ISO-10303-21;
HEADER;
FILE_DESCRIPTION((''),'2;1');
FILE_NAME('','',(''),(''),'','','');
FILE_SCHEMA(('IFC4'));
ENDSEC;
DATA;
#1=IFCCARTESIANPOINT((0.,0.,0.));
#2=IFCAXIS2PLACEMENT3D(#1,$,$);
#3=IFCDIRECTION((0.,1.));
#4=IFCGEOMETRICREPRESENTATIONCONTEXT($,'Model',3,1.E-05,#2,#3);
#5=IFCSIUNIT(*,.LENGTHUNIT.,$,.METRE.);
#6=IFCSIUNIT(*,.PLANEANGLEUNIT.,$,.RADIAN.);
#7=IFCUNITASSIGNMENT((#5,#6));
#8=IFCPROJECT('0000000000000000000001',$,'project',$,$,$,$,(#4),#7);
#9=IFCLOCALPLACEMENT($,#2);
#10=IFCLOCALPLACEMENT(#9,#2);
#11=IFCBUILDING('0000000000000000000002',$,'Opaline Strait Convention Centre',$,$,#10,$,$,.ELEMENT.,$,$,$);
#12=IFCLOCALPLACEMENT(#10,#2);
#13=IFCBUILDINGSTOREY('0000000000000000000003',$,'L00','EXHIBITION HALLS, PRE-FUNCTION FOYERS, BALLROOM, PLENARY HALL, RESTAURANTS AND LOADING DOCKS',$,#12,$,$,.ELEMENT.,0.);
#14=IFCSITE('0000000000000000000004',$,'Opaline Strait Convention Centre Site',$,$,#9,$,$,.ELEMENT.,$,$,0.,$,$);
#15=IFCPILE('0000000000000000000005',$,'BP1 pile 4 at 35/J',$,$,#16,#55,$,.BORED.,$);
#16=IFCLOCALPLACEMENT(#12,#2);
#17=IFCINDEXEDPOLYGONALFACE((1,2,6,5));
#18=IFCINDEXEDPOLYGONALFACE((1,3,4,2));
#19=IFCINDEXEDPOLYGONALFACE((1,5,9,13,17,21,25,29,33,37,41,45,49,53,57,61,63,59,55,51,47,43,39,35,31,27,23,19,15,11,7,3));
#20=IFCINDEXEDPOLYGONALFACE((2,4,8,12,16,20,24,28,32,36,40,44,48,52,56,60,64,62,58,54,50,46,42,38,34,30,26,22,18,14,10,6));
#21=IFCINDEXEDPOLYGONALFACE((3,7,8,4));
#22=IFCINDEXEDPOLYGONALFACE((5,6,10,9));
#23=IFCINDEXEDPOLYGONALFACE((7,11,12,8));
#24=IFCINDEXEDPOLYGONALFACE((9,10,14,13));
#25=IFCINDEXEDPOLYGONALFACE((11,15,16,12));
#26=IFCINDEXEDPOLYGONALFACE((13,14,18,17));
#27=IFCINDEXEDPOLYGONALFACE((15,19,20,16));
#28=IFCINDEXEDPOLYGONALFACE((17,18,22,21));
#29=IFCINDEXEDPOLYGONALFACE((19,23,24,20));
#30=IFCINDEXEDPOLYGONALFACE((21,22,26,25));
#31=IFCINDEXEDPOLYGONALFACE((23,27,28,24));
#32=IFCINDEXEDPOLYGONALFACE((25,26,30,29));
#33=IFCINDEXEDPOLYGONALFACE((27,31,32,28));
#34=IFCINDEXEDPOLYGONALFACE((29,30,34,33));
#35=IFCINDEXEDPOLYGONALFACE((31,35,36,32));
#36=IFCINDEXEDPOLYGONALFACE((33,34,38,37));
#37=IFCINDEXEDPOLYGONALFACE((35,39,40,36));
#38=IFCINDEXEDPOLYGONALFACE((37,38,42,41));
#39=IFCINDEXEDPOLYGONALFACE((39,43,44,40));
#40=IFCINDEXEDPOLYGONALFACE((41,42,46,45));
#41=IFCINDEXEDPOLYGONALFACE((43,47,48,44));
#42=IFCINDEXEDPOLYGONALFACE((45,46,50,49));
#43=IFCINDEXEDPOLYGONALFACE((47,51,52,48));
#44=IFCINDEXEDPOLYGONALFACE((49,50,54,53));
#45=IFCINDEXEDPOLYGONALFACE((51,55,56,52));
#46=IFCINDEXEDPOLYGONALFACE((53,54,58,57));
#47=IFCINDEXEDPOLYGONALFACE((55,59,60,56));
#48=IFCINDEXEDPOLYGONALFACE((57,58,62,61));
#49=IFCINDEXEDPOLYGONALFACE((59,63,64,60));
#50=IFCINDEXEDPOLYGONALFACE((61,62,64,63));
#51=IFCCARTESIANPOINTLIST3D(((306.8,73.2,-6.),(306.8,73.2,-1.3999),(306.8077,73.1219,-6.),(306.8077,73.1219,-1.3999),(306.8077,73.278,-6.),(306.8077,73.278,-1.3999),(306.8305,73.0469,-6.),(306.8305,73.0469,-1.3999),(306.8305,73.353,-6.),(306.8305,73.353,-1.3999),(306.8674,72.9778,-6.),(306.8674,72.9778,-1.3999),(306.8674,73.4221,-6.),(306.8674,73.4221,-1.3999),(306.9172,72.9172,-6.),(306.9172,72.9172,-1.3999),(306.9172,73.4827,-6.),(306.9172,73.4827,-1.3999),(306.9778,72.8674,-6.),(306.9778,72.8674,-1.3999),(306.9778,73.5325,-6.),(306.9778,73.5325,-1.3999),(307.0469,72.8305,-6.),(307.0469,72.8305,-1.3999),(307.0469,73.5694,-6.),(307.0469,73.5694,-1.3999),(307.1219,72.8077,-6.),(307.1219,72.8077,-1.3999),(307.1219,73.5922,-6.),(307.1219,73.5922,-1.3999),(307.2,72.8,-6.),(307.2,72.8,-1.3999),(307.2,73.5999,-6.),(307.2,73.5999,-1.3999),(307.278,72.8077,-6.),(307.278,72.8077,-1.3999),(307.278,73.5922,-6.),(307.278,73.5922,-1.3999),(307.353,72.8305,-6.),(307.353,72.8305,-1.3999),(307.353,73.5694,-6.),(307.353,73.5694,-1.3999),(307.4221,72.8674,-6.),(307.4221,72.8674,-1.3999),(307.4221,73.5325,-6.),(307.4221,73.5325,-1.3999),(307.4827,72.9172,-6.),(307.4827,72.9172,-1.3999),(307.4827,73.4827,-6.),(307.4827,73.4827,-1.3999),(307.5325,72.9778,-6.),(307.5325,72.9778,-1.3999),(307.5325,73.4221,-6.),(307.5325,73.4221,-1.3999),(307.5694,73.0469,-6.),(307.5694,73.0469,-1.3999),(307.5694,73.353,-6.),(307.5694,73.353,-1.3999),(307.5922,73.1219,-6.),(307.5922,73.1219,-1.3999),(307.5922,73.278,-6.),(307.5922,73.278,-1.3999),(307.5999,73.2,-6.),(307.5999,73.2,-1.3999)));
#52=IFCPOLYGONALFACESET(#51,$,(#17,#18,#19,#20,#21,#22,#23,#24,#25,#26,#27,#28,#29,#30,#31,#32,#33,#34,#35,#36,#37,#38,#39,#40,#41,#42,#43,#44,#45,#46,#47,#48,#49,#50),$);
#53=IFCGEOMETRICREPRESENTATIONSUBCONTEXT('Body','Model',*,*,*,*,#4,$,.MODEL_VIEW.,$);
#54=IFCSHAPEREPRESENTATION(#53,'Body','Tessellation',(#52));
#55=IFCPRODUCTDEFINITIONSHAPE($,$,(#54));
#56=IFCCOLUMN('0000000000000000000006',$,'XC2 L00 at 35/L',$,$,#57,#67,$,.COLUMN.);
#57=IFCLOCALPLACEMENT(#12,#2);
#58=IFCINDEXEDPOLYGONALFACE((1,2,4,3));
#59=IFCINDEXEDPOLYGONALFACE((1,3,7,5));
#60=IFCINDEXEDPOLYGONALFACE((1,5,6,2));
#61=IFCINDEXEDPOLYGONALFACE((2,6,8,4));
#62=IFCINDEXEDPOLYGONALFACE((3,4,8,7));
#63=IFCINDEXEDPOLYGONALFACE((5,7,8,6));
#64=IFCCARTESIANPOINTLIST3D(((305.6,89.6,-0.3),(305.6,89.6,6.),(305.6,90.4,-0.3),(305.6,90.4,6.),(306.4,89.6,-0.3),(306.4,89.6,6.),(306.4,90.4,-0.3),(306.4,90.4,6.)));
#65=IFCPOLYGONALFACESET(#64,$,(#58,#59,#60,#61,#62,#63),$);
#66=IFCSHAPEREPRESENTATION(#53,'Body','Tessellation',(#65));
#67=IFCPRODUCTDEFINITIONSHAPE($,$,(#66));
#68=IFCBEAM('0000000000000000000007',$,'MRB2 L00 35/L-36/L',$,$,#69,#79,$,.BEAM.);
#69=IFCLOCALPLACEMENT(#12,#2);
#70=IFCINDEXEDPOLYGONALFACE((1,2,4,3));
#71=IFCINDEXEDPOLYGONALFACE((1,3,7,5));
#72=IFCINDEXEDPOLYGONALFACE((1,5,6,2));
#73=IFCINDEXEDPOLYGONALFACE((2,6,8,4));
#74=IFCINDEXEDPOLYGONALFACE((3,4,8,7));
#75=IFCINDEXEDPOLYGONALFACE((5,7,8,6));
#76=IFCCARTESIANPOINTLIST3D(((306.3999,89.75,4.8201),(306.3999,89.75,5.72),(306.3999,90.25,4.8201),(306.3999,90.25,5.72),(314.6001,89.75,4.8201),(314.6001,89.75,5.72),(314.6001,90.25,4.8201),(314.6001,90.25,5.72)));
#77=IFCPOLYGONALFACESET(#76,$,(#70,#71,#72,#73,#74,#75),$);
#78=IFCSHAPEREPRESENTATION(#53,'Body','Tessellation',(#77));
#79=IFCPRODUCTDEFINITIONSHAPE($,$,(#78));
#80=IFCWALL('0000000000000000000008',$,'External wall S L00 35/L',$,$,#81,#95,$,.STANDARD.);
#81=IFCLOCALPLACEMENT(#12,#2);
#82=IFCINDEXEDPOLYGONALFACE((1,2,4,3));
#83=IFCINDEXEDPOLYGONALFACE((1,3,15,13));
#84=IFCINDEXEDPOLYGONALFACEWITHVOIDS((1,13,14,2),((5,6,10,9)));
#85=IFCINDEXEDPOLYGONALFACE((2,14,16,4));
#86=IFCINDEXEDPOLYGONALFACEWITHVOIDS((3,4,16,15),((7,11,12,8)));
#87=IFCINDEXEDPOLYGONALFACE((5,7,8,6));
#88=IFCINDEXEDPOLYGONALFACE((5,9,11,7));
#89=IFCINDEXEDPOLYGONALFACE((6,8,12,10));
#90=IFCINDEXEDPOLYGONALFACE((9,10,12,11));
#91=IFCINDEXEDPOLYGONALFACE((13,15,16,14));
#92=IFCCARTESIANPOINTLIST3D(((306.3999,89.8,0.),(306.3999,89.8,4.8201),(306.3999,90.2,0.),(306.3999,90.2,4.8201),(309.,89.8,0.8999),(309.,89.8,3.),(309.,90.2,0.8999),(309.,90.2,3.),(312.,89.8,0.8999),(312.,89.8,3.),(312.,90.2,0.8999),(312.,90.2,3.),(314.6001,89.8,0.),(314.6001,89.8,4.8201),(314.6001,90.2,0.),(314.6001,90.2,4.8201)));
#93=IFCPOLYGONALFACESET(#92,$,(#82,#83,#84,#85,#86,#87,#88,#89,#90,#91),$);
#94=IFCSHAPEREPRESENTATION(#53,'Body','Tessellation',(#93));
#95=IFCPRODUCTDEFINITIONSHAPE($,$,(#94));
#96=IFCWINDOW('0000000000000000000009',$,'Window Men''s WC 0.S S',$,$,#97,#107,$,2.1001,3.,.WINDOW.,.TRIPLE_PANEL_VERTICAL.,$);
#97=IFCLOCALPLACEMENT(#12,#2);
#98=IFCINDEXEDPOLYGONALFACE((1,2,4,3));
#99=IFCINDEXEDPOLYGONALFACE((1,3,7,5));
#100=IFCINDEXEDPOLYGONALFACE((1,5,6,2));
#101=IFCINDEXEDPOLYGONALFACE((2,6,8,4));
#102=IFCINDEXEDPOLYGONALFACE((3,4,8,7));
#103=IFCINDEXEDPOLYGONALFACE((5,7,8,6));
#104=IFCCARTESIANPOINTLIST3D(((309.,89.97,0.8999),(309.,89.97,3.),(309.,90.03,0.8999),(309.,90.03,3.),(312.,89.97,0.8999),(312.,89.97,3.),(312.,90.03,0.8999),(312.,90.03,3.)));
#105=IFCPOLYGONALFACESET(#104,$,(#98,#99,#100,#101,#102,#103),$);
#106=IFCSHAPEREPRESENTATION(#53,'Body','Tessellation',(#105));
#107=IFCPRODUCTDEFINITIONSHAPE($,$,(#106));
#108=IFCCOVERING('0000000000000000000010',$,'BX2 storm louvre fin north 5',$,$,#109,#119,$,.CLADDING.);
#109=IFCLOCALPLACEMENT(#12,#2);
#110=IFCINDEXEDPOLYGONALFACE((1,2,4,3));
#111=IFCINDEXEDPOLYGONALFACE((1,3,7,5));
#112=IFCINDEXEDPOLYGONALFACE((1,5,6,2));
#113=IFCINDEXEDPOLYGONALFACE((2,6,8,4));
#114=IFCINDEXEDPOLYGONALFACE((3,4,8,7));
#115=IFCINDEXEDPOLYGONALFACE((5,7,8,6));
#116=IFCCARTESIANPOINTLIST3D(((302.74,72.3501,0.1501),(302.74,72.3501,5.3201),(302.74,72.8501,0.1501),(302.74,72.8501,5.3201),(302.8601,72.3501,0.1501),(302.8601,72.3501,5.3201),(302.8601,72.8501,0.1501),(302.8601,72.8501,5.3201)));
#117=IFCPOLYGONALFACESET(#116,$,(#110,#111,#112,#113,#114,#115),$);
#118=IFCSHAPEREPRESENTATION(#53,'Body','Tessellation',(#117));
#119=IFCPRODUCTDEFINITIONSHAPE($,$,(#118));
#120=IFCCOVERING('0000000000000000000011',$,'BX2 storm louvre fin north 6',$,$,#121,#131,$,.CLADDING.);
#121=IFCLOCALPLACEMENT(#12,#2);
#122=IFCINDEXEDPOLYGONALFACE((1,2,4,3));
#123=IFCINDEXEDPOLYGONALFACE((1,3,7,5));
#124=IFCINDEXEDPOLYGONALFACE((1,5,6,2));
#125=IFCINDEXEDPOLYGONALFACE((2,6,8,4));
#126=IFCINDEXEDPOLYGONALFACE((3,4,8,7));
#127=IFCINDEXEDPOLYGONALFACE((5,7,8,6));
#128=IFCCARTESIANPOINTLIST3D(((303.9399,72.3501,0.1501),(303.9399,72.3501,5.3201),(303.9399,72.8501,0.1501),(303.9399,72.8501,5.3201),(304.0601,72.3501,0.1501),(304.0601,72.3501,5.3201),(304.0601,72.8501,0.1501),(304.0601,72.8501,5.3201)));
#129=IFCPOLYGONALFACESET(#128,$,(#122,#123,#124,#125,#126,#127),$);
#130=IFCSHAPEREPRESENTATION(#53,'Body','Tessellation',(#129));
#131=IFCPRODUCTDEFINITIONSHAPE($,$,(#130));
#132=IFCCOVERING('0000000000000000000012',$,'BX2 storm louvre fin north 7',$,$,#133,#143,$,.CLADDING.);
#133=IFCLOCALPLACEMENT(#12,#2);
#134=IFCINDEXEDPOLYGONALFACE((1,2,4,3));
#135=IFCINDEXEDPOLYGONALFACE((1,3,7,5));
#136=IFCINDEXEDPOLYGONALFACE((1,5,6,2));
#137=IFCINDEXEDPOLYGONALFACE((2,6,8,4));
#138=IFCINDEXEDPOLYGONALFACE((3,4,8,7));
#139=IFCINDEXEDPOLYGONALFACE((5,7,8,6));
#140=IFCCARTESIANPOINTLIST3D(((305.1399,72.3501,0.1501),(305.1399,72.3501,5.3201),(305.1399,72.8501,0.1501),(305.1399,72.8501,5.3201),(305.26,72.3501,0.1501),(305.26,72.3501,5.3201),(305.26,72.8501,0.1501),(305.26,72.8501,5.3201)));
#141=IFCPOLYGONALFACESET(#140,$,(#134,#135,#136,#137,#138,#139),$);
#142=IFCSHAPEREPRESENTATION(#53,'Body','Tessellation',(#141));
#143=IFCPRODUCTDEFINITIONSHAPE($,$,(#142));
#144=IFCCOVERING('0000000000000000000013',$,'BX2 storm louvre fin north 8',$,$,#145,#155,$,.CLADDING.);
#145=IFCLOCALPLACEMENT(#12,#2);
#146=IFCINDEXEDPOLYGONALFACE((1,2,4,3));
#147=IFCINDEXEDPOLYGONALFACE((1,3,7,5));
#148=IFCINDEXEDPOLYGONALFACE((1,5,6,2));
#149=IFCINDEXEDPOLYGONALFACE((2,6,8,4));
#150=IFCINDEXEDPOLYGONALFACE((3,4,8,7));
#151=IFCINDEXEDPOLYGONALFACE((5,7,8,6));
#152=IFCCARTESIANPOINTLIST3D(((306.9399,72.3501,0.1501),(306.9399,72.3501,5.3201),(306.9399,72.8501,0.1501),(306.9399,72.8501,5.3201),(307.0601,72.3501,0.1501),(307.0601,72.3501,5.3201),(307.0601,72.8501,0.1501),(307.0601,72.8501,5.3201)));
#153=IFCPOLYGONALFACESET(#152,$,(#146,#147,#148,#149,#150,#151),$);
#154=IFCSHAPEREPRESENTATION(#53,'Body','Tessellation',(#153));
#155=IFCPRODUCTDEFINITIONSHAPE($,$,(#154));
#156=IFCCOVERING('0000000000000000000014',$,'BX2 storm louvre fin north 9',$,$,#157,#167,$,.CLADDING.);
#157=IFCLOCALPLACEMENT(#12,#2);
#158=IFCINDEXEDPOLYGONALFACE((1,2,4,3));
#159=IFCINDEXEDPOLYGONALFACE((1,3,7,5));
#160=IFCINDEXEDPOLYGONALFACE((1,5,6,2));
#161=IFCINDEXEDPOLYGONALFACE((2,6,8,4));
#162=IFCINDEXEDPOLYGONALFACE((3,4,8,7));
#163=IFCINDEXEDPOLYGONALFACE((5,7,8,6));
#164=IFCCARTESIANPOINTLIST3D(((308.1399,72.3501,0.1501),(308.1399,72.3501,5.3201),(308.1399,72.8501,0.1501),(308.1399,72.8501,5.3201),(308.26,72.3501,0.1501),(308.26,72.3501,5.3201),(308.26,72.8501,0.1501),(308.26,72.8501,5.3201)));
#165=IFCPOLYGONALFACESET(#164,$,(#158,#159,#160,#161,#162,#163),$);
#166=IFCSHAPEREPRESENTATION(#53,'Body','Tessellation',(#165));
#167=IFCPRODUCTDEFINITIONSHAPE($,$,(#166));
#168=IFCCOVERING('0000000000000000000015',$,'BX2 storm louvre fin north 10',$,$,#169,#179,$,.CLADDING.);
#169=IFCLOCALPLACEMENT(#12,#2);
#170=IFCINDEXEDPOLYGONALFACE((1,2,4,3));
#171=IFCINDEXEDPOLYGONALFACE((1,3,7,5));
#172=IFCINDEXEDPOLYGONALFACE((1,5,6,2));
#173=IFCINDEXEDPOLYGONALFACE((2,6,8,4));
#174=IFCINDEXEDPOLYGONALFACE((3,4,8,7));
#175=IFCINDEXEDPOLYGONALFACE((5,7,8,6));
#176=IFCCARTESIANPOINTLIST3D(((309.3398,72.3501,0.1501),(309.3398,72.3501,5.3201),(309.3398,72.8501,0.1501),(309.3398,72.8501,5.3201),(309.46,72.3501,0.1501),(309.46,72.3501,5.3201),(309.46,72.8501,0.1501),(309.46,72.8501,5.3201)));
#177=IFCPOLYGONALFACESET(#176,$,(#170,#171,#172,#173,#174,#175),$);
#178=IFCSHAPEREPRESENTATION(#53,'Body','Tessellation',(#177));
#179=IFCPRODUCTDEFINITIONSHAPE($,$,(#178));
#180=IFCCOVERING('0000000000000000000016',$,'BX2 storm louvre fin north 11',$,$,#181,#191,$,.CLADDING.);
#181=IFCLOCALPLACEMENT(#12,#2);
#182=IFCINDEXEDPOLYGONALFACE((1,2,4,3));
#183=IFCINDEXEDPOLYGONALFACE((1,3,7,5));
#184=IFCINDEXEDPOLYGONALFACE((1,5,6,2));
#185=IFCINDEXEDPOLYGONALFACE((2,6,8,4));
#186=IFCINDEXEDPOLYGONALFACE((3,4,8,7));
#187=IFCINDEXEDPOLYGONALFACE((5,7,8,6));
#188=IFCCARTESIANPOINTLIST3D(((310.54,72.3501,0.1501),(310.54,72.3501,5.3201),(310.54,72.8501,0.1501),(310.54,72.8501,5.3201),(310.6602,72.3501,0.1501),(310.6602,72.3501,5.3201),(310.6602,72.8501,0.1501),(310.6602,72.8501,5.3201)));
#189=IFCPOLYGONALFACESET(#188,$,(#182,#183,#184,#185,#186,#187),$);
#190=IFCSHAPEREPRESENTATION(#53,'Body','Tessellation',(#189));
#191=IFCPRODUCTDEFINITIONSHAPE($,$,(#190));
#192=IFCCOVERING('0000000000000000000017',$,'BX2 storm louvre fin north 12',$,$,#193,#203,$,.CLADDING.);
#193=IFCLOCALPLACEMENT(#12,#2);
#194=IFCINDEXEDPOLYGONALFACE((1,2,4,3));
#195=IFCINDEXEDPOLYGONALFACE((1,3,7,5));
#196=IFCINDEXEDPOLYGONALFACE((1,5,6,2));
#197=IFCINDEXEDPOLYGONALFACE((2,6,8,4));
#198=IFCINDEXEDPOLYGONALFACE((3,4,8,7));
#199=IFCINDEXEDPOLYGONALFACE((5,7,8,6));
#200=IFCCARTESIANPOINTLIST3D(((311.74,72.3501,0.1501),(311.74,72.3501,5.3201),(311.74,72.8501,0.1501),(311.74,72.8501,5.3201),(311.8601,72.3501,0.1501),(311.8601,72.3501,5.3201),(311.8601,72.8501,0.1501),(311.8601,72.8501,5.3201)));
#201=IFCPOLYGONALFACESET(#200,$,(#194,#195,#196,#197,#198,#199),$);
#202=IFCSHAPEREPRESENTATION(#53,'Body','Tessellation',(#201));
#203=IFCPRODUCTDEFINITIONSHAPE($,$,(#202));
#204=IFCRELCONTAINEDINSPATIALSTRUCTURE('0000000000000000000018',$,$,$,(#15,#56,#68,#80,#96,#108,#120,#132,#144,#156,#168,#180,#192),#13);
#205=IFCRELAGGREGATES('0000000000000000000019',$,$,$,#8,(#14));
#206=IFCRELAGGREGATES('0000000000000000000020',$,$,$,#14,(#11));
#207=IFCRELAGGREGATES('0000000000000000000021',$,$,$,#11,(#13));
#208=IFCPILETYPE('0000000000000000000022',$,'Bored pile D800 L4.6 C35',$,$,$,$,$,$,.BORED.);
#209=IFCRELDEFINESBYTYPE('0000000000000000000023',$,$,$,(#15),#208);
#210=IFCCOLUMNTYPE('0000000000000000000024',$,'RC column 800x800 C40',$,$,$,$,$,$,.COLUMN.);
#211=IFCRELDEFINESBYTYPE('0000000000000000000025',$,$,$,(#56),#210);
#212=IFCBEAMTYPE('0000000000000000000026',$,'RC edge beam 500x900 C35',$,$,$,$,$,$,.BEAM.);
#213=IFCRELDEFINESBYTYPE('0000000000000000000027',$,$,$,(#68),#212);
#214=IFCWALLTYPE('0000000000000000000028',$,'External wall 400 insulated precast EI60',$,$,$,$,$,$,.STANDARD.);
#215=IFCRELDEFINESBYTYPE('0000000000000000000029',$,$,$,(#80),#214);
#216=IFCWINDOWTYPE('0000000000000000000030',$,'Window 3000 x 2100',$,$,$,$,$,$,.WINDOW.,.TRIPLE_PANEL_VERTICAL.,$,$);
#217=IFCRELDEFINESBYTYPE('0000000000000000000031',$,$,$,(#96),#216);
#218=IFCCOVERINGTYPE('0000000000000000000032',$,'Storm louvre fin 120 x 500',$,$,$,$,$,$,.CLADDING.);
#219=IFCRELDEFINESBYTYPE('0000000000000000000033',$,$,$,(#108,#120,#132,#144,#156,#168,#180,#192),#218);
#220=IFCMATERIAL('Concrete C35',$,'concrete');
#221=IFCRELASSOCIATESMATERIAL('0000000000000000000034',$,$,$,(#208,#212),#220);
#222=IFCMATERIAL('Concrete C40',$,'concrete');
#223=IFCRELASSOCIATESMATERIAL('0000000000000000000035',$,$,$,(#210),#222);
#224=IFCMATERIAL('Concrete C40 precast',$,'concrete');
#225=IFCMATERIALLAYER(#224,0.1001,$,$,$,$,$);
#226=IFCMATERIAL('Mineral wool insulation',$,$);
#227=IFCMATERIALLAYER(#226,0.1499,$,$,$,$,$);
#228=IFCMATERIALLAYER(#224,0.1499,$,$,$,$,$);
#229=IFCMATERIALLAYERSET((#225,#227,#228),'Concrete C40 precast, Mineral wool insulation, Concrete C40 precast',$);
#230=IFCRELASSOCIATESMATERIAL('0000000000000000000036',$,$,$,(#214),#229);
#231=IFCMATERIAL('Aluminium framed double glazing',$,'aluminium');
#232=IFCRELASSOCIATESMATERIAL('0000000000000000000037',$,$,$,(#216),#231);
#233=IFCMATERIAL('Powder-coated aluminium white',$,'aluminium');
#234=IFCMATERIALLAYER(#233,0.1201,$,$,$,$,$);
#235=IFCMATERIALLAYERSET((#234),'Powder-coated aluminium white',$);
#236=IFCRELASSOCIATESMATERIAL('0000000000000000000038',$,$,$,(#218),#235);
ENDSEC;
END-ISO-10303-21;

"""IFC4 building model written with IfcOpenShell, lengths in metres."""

from ifc_helpers import new_model, si_unit, direction, frame, frame_2d, origin, origin_2d, place, context, subcontext, project, spatial, rectangle, circle, extrude, material, layer, layer_set, material_profile, profile_set, type_object, element, fill, save


model = new_model("IFC4")

# Units and contexts
model_context = context("Model", 3, precision=1e-05, world=origin(), true_north=direction((0.0, 1.0)))
body_context = subcontext(model_context, "Body", "Model", "MODEL_VIEW")
ifc_project = project(units=[si_unit("LENGTHUNIT", "METRE"), si_unit("PLANEANGLEUNIT", "RADIAN")], contexts=[model_context])

# Site, building, storey
site_placement = place(None, origin())
site = spatial("IfcSite", under=ifc_project, at=site_placement, Name="Opaline Strait Convention Centre Site", CompositionType="ELEMENT", RefElevation=0.0)
building_placement = place(site_placement, origin())
building = spatial("IfcBuilding", under=site, at=building_placement, Name="Opaline Strait Convention Centre", CompositionType="ELEMENT")
storey_placement = place(building_placement, origin())
storey = spatial("IfcBuildingStorey", under=building, at=storey_placement, Name="L00", Description="EXHIBITION HALLS, PRE-FUNCTION FOYERS, BALLROOM, PLENARY HALL, RESTAURANTS AND LOADING DOCKS", CompositionType="ELEMENT", Elevation=0.0)

# Pile
ifc_material_1 = material(Name="Concrete C35", Category="concrete")
ifc_material_profile_1 = material_profile(ifc_material_1, circle(Radius=0.3999, at=origin_2d()), Name="D800")
ifc_profile_set_1 = profile_set([ifc_material_profile_1], Name="Concrete C35")
pile_type_1 = type_object("IfcPileType", Name="Bored pile D800 L4.6 C35", PredefinedType="BORED", material=ifc_profile_set_1)
for number, where, z_axis, x_axis, name in (
    (1, (307.2, 73.2, -1.3999), (0.0, 0.0, -1.0), (1.0, 0.0, 0.0), "BP1 pile 4 at 35/J"),
):
    element("IfcPile", number, at=place(storey_placement, frame(where, z_axis=z_axis, x_axis=x_axis)), inside=storey, type_object=pile_type_1, Name=name, PredefinedType="BORED", context=body_context, shape_type="SweptSolid", body=[
        extrude(circle(Radius=0.3999, at=origin_2d()), origin(), (0.0, 0.0, 1.0), 4.6001),
    ])

# Column
ifc_material_2 = material(Name="Concrete C40", Category="concrete")
ifc_material_profile_2 = material_profile(ifc_material_2, rectangle(XDim=0.8, YDim=0.8, at=origin_2d()), Name="RC 800x800")
ifc_profile_set_2 = profile_set([ifc_material_profile_2], Name="Concrete C40")
column_type = type_object("IfcColumnType", Name="RC column 800x800 C40", PredefinedType="COLUMN", material=ifc_profile_set_2)
column_placement = place(storey_placement, frame((306.0, 90.0, -0.3), z_axis=(0.0, 0.0, 1.0), x_axis=(1.0, 0.0, 0.0)))
element("IfcColumn", 2, at=column_placement, inside=storey, type_object=column_type, Name="XC2 L00 at 35/L", PredefinedType="COLUMN", context=body_context, shape_type="SweptSolid", body=[
    extrude(rectangle(XDim=0.8, YDim=0.8, at=origin_2d()), origin(), (0.0, 0.0, 1.0), 6.3),
])

# Beam
ifc_material_profile_3 = material_profile(ifc_material_1, rectangle(XDim=0.5, YDim=0.8999, at=origin_2d()), Name="RC 500x900")
ifc_profile_set_3 = profile_set([ifc_material_profile_3], Name="Concrete C35")
beam_type = type_object("IfcBeamType", Name="RC edge beam 500x900 C35", PredefinedType="BEAM", material=ifc_profile_set_3)
beam_placement = place(storey_placement, frame((306.3999, 90.0, 5.27), z_axis=(1.0, 0.0, 0.0), x_axis=(0.0, 1.0, 0.0)))
element("IfcBeam", 3, at=beam_placement, inside=storey, type_object=beam_type, Name="MRB2 L00 35/L-36/L", PredefinedType="BEAM", context=body_context, shape_type="SweptSolid", body=[
    extrude(rectangle(XDim=0.5, YDim=0.8999, at=origin_2d()), origin(), (0.0, 0.0, 1.0), 8.2002),
])

# Wall, opening, window
ifc_material_3 = material(Name="Concrete C40 precast", Category="concrete")
ifc_layer_1 = layer(ifc_material_3, 0.1001)
ifc_material_4 = material(Name="Mineral wool insulation")
ifc_layer_2 = layer(ifc_material_4, 0.1499)
ifc_layer_3 = layer(ifc_material_3, 0.1499)
ifc_layer_set_1 = layer_set([ifc_layer_1, ifc_layer_2, ifc_layer_3], Name="Concrete C40 precast, Mineral wool insulation, Concrete C40 precast")
wall_type = type_object("IfcWallType", Name="External wall 400 insulated precast EI60", PredefinedType="STANDARD", material=ifc_layer_set_1)
wall_placement = place(storey_placement, frame((306.3999, 90.0, 0.0), z_axis=(0.0, 0.0, 1.0), x_axis=(1.0, 0.0, 0.0)))
wall = element("IfcWall", 4, at=wall_placement, inside=storey, type_object=wall_type, Name="External wall S L00 35/L", PredefinedType="STANDARD", context=body_context, shape_type="SweptSolid", body=[
    extrude(rectangle(XDim=8.2002, YDim=0.3999, at=frame_2d((4.1001, 0.0))), origin(), (0.0, 0.0, 1.0), 4.8201),
])
opening_placement = place(wall_placement, frame((2.6001, 0.0, 0.8999)))
opening = element("IfcOpeningElement", 5, at=opening_placement, cuts=wall, PredefinedType="OPENING", context=body_context, shape_type="SweptSolid", body=[
    extrude(rectangle(XDim=3.0, YDim=2.1001, at=frame_2d((1.5, 1.05))), frame((0.0, 0.21, 0.0), z_axis=(0.0, -1.0, 0.0), x_axis=(1.0, 0.0, 0.0)), (0.0, 0.0, 1.0), 0.4199),
])
ifc_material_5 = material(Name="Aluminium framed double glazing", Category="aluminium")
window_type = type_object("IfcWindowType", Name="Window 3000 x 2100", PartitioningType="TRIPLE_PANEL_VERTICAL", PredefinedType="WINDOW", material=ifc_material_5)
window_placement = place(opening_placement, origin())
window = element("IfcWindow", 6, at=window_placement, inside=storey, type_object=window_type, Name="Window Men's WC 0.S S", OverallHeight=2.1001, OverallWidth=3.0, PartitioningType="TRIPLE_PANEL_VERTICAL", PredefinedType="WINDOW", context=body_context, shape_type="SweptSolid", body=[
    extrude(rectangle(XDim=3.0, YDim=2.1001, at=frame_2d((1.5, 1.05))), frame((0.0, 0.03, 0.0), z_axis=(0.0, -1.0, 0.0), x_axis=(1.0, 0.0, 0.0)), (0.0, 0.0, 1.0), 0.0601),
])
fill(opening, window)

# Coverings
ifc_material_6 = material(Name="Powder-coated aluminium white", Category="aluminium")
ifc_layer_4 = layer(ifc_material_6, 0.1201)
ifc_layer_set_2 = layer_set([ifc_layer_4], Name="Powder-coated aluminium white")
covering_type = type_object("IfcCoveringType", Name="Storm louvre fin 120 x 500", PredefinedType="CLADDING", material=ifc_layer_set_2)
for number, where, z_axis, x_axis, name in (
    (7, (302.8, 72.6001, 0.1501), (0.0, 0.0, 1.0), (1.0, 0.0, 0.0), "BX2 storm louvre fin north 5"),
    (8, (304.0, 72.6001, 0.1501), (0.0, 0.0, 1.0), (1.0, 0.0, 0.0), "BX2 storm louvre fin north 6"),
    (9, (305.2, 72.6001, 0.1501), (0.0, 0.0, 1.0), (1.0, 0.0, 0.0), "BX2 storm louvre fin north 7"),
    (10, (307.0, 72.6001, 0.1501), (0.0, 0.0, 1.0), (1.0, 0.0, 0.0), "BX2 storm louvre fin north 8"),
    (11, (308.2, 72.6001, 0.1501), (0.0, 0.0, 1.0), (1.0, 0.0, 0.0), "BX2 storm louvre fin north 9"),
    (12, (309.3999, 72.6001, 0.1501), (0.0, 0.0, 1.0), (1.0, 0.0, 0.0), "BX2 storm louvre fin north 10"),
    (13, (310.6001, 72.6001, 0.1501), (0.0, 0.0, 1.0), (1.0, 0.0, 0.0), "BX2 storm louvre fin north 11"),
    (14, (311.8, 72.6001, 0.1501), (0.0, 0.0, 1.0), (1.0, 0.0, 0.0), "BX2 storm louvre fin north 12"),
):
    element("IfcCovering", number, at=place(storey_placement, frame(where, z_axis=z_axis, x_axis=x_axis)), inside=storey, type_object=covering_type, Name=name, PredefinedType="CLADDING", context=body_context, shape_type="SweptSolid", body=[
        extrude(rectangle(XDim=0.1201, YDim=0.5, at=origin_2d()), origin(), (0.0, 0.0, 1.0), 5.1699),
    ])

save(model, "model.ifc")
